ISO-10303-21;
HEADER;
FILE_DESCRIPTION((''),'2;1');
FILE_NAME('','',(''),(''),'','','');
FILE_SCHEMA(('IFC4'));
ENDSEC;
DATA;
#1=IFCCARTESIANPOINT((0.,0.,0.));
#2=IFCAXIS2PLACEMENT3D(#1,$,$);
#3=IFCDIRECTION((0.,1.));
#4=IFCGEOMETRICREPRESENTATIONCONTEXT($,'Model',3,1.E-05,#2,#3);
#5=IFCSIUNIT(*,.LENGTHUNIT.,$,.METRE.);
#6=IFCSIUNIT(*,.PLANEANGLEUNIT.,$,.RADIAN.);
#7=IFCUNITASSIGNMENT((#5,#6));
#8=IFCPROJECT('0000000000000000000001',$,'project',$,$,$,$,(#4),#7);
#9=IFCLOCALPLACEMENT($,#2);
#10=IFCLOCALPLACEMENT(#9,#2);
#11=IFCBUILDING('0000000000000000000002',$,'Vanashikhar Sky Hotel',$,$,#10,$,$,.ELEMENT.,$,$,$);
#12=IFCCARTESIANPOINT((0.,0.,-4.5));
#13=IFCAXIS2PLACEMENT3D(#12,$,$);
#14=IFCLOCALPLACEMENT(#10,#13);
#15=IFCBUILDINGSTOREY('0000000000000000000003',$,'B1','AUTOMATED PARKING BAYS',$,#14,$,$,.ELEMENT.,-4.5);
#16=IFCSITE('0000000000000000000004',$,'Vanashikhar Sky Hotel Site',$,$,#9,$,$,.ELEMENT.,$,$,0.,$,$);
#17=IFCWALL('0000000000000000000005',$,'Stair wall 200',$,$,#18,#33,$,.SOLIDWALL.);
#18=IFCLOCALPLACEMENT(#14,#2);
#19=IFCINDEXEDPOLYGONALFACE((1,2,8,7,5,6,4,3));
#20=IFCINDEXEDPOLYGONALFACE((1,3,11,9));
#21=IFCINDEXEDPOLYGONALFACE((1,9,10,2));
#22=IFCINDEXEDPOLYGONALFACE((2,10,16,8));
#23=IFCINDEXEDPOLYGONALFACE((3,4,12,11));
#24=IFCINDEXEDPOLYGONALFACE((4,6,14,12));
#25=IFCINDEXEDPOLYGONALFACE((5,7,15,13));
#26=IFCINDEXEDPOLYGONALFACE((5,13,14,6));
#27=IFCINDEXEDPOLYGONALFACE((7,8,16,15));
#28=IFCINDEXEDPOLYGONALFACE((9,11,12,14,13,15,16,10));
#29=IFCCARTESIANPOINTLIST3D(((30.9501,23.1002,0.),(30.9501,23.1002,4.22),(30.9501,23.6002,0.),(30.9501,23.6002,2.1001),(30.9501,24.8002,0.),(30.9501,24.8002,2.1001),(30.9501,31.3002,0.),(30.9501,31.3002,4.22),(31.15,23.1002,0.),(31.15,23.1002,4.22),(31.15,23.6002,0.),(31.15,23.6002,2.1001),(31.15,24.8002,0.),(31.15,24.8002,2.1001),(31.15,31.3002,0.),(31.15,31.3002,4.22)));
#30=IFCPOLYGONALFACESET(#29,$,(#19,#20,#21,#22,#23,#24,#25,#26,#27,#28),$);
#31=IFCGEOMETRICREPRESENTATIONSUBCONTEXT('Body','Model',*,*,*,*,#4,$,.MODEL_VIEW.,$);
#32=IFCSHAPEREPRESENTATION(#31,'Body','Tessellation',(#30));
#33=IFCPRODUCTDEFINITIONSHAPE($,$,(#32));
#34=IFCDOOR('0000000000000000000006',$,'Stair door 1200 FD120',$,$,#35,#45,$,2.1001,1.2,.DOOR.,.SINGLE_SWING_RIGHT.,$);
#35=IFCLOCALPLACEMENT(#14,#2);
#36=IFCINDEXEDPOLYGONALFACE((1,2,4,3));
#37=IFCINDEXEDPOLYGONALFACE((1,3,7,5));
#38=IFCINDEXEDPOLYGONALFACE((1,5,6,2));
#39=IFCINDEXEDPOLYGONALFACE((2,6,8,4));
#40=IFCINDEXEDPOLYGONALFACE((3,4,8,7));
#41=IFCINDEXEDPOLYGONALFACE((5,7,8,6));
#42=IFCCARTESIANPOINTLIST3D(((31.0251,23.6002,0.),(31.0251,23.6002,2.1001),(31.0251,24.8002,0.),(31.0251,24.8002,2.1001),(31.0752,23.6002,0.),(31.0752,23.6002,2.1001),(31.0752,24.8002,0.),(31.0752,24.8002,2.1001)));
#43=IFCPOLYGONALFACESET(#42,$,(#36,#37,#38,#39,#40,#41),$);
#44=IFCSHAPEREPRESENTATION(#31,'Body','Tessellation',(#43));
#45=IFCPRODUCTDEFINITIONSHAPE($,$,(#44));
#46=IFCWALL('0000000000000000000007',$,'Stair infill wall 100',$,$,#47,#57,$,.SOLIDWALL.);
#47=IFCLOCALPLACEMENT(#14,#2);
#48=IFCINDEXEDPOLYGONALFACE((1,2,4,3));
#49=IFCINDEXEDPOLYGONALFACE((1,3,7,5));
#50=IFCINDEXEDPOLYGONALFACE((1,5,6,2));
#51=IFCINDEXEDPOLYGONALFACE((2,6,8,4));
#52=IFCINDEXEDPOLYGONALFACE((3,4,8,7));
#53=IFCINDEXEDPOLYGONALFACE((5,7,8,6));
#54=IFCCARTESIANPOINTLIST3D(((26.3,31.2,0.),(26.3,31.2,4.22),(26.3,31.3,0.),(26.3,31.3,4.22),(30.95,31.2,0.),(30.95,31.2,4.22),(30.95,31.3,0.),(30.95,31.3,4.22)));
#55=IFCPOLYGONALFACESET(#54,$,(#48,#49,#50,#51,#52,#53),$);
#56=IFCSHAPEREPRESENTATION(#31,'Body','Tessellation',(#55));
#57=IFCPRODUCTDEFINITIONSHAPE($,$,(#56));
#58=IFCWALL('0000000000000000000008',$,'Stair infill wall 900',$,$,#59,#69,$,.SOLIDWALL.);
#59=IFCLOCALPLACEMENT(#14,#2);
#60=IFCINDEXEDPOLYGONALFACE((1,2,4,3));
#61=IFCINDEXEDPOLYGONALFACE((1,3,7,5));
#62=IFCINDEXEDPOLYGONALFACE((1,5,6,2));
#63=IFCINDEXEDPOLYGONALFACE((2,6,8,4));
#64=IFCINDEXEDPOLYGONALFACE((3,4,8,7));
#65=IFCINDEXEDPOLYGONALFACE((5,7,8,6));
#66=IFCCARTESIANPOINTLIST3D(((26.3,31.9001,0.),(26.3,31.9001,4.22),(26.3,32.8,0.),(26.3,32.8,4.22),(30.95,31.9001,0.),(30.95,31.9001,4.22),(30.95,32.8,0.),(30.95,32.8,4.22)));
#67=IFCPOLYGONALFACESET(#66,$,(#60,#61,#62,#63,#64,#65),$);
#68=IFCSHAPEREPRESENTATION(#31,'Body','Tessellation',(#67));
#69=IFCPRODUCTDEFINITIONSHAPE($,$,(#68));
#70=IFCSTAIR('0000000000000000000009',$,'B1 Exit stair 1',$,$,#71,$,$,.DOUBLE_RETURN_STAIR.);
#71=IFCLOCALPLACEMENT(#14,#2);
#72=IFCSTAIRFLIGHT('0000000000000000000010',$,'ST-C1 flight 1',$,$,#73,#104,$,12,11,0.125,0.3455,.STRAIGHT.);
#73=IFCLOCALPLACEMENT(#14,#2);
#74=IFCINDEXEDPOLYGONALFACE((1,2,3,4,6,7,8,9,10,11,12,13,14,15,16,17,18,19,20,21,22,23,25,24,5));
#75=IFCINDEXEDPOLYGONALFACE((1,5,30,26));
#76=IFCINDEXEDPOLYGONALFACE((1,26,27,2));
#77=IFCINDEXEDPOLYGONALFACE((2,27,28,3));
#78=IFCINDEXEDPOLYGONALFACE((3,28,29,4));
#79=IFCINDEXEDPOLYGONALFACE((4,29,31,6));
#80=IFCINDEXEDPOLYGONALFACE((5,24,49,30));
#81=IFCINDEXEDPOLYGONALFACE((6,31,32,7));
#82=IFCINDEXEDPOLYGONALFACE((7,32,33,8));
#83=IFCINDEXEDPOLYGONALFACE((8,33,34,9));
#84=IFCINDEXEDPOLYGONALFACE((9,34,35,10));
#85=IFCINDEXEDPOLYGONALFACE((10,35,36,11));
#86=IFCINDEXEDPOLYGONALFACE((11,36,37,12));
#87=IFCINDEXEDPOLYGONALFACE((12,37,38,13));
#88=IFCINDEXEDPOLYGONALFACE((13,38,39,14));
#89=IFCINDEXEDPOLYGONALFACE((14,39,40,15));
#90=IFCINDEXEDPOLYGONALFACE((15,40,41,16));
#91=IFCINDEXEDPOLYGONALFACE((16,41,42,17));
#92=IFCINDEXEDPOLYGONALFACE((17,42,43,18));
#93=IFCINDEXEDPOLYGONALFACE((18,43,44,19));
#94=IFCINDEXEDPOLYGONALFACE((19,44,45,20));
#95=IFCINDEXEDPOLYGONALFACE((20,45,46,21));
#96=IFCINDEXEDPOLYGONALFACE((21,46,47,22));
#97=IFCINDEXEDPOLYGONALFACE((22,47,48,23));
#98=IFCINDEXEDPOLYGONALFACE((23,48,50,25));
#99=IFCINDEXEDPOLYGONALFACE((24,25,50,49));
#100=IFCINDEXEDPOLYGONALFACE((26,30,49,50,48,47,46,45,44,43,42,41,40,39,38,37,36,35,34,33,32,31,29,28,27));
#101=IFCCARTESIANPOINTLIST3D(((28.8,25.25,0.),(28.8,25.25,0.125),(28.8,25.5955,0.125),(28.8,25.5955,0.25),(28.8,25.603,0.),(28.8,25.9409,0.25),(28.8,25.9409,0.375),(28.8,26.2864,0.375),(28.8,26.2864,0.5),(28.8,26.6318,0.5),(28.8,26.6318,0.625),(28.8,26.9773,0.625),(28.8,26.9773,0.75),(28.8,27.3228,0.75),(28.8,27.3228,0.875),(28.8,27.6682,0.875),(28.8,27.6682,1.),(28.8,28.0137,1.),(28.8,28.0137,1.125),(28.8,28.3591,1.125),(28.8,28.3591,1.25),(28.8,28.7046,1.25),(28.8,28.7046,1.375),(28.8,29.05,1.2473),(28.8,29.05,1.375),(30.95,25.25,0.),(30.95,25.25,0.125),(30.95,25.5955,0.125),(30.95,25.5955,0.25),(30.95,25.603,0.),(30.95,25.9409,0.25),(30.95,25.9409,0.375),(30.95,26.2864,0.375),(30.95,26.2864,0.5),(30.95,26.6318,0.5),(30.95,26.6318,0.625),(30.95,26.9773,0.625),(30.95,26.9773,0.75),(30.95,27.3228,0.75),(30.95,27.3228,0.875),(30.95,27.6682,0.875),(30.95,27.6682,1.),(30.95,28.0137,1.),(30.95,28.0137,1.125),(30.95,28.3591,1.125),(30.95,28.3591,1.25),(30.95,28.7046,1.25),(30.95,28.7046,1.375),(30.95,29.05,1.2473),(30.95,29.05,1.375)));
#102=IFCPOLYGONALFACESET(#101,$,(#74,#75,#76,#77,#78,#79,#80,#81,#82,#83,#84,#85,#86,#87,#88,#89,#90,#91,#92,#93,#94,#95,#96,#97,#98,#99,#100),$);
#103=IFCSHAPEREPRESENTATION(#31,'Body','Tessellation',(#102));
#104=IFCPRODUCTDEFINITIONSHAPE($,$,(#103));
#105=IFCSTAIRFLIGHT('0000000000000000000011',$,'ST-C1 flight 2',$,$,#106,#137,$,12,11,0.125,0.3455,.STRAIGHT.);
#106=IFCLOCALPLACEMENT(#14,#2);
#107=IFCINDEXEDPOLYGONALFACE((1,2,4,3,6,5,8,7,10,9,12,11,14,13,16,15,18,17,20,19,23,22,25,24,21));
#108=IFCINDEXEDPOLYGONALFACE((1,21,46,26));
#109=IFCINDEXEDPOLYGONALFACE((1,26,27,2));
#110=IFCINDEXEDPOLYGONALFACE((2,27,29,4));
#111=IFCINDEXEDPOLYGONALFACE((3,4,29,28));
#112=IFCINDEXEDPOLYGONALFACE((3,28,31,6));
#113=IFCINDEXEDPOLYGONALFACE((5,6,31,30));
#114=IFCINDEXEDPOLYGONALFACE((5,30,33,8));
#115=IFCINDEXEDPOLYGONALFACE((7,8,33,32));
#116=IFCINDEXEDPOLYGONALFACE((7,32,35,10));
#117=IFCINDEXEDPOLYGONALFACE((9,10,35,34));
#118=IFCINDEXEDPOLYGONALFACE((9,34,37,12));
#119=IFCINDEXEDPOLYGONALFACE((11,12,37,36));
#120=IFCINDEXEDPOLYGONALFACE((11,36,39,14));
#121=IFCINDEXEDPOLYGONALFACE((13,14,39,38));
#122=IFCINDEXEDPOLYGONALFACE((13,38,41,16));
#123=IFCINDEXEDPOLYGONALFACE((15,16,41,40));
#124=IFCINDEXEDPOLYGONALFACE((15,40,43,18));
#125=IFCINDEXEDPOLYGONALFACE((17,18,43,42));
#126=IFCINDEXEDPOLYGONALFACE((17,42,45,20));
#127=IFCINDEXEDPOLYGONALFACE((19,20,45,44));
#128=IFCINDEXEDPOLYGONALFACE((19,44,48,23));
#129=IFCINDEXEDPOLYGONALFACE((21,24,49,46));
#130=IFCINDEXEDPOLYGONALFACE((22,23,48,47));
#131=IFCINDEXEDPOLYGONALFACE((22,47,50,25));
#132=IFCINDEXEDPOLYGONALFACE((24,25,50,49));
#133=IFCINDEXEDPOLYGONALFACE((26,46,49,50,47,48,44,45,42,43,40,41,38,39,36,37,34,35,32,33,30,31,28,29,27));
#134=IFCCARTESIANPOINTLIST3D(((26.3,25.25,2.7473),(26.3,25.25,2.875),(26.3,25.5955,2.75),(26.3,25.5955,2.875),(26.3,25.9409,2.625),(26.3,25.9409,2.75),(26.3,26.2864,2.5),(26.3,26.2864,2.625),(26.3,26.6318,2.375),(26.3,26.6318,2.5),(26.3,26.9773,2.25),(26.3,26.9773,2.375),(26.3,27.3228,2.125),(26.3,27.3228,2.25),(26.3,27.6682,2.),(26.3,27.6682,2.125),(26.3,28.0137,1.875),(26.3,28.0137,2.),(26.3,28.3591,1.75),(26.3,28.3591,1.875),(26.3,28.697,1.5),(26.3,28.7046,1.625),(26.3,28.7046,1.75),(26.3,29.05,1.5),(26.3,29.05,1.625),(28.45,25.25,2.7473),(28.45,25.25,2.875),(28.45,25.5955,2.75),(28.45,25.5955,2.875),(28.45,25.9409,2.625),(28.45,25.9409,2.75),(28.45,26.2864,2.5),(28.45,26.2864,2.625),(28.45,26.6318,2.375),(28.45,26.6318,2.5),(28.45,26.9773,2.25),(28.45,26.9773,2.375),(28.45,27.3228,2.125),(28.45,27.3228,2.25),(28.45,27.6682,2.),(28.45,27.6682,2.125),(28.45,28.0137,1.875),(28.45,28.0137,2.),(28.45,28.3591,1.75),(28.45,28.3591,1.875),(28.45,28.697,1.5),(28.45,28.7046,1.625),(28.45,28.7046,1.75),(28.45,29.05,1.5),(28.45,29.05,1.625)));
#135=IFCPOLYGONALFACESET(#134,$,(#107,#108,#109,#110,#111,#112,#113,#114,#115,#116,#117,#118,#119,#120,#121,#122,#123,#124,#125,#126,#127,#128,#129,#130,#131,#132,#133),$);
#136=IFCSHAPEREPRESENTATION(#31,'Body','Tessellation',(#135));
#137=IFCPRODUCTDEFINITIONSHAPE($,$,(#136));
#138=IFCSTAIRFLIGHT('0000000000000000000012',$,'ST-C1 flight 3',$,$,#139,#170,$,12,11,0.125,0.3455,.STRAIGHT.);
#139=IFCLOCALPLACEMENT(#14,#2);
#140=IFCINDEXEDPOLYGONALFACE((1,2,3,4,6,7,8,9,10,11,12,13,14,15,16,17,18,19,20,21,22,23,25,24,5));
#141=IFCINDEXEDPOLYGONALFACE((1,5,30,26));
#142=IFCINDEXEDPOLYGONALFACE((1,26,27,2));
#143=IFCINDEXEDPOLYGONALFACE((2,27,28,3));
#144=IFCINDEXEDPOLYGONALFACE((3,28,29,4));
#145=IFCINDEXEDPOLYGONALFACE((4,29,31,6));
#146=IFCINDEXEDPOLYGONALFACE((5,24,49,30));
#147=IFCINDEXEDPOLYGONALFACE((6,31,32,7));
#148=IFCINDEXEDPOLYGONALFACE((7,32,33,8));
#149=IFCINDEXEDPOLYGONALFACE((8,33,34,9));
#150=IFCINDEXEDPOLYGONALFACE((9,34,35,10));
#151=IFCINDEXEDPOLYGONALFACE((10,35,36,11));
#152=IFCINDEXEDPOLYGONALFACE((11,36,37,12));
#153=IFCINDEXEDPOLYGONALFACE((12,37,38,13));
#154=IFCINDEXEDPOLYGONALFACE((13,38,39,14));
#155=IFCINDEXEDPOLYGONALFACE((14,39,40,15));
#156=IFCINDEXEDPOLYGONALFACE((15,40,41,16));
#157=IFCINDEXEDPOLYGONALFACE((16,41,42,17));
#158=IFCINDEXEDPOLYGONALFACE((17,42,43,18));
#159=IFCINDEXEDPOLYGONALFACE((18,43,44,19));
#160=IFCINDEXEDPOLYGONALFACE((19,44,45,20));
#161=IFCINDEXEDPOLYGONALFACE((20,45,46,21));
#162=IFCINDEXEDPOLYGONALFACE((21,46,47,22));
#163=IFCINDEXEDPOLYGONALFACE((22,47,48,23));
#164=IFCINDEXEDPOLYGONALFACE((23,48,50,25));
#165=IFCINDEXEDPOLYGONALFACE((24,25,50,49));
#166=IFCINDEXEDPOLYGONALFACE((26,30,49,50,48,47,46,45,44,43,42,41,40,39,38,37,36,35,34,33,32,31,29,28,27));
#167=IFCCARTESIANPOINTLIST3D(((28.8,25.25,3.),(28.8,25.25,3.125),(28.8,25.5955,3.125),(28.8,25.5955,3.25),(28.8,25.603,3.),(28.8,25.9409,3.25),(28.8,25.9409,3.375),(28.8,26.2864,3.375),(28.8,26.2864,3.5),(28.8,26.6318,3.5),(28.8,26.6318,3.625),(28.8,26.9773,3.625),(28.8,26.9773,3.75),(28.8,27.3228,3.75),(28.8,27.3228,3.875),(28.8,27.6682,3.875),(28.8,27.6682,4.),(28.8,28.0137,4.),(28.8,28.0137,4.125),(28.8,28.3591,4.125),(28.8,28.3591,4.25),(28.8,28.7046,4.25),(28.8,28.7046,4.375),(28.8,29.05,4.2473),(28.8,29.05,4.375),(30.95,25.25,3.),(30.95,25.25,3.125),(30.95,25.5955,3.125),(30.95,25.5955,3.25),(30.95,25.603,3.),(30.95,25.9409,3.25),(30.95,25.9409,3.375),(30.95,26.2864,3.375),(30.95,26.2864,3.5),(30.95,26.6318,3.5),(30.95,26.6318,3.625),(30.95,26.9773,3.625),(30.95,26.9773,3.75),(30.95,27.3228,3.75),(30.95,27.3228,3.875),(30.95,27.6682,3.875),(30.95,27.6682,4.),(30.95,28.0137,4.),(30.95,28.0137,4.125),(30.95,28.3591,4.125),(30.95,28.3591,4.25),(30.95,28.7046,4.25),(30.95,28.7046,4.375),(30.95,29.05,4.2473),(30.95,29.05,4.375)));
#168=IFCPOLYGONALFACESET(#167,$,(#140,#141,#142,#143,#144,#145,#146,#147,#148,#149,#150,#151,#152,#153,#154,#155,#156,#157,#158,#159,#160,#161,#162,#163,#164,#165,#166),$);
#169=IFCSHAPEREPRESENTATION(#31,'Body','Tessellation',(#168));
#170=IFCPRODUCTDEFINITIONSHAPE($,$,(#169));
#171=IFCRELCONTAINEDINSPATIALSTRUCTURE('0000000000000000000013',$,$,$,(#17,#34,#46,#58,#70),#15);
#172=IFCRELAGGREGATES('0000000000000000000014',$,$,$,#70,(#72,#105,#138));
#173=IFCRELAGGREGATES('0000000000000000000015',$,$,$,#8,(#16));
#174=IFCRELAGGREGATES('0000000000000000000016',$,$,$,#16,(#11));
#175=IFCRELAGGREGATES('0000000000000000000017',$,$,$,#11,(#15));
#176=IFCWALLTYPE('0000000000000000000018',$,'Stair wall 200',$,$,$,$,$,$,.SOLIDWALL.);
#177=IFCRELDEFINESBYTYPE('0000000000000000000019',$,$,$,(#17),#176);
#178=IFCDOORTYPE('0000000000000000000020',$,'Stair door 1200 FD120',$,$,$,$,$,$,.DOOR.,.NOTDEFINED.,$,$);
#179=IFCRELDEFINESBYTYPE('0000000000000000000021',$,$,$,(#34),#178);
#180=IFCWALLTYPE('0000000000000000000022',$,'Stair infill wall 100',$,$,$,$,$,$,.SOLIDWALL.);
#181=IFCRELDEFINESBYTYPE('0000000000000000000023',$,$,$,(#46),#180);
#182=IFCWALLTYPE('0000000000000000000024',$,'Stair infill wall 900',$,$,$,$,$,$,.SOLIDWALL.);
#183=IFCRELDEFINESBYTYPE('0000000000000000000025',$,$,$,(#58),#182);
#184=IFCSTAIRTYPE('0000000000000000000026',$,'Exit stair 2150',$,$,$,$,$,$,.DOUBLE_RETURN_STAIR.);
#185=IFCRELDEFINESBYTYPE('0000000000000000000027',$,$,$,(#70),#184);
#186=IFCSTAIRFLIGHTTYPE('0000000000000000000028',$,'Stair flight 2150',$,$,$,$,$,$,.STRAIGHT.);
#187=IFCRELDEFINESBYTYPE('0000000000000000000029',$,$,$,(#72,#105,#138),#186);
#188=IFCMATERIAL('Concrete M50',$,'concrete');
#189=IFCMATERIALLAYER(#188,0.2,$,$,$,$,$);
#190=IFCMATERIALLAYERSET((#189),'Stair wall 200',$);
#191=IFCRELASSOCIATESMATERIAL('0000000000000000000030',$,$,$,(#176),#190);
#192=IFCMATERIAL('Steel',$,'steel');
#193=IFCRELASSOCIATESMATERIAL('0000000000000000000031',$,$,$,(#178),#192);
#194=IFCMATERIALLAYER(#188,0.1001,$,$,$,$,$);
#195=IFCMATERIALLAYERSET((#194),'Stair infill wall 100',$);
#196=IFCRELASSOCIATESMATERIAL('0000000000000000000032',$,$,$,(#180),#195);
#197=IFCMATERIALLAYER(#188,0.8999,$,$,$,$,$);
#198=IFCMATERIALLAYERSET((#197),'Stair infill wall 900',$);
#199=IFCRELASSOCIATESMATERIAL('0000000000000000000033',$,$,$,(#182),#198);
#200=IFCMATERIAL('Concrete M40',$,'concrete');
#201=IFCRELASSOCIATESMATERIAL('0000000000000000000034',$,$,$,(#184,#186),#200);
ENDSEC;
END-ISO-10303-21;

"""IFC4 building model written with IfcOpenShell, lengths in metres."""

from ifc_helpers import new_model, si_unit, direction, frame, frame_2d, origin, place, context, subcontext, project, spatial, polyline, rectangle, outline, extrude, source, transform, mapped, material, layer, layer_set, type_object, element, fill, aggregate, save


model = new_model("IFC4")

# Units and contexts
model_context = context("Model", 3, precision=1e-05, world=origin(), true_north=direction((0.0, 1.0)))
body_context = subcontext(model_context, "Body", "Model", "MODEL_VIEW")
ifc_project = project(units=[si_unit("LENGTHUNIT", "METRE"), si_unit("PLANEANGLEUNIT", "RADIAN")], contexts=[model_context])

# Site, building, storey
site_placement = place(None, origin())
site = spatial("IfcSite", under=ifc_project, at=site_placement, Name="Vanashikhar Sky Hotel Site", CompositionType="ELEMENT", RefElevation=0.0)
building_placement = place(site_placement, origin())
building = spatial("IfcBuilding", under=site, at=building_placement, Name="Vanashikhar Sky Hotel", CompositionType="ELEMENT")
storey_placement = place(building_placement, frame((0.0, 0.0, -4.5)))
storey = spatial("IfcBuildingStorey", under=building, at=storey_placement, Name="B1", Description="AUTOMATED PARKING BAYS", CompositionType="ELEMENT", Elevation=-4.5)

# Shared definitions
ifc_material_1 = material(Name="Steel", Category="steel")

# Shared definitions
ifc_material_2 = material(Name="Concrete M40", Category="concrete")

# Wall, opening, door
ifc_material_3 = material(Name="Concrete M50", Category="concrete")
ifc_layer_1 = layer(ifc_material_3, 0.2)
ifc_layer_set_1 = layer_set([ifc_layer_1], Name="Stair wall 200")
wall_type_1 = type_object("IfcWallType", Name="Stair wall 200", PredefinedType="SOLIDWALL", material=ifc_layer_set_1)
shared_shape_1 = source(origin(), body_context, "Body", "SweptSolid", [
    extrude(rectangle(XDim=8.2, YDim=0.2, at=frame_2d((4.1001, 0.0))), origin(), (0.0, 0.0, 1.0), 4.22),
])
wall_1_placement = place(storey_placement, frame((31.05, 23.1001, 0.0), z_axis=(0.0, 0.0, 1.0), x_axis=(0.0, 1.0, 0.0)))
wall_1 = element("IfcWall", 1, at=wall_1_placement, inside=storey, type_object=wall_type_1, Name="Stair wall 200", PredefinedType="SOLIDWALL", context=body_context, shape_type="MappedRepresentation", body=[
    mapped(shared_shape_1, transform((0.0, 0.0, 0.0), scale=1.0)),
])
shared_shape_2 = source(origin(), body_context, "Body", "SweptSolid", [
    extrude(rectangle(XDim=1.2, YDim=2.1001, at=frame_2d((0.6001, 1.05))), frame((0.0, 0.1099, 0.0), z_axis=(0.0, -1.0, 0.0), x_axis=(1.0, 0.0, 0.0)), (0.0, 0.0, 1.0), 0.22),
])
opening_1_placement = place(wall_1_placement, frame((0.5, 0.0, 0.0)))
opening_1 = element("IfcOpeningElement", 2, at=opening_1_placement, cuts=wall_1, PredefinedType="OPENING", context=body_context, shape_type="MappedRepresentation", body=[
    mapped(shared_shape_2, transform((0.0, 0.0, 0.0), scale=1.0)),
])
door_type_1 = type_object("IfcDoorType", Name="Stair door 1200 FD120", OperationType="NOTDEFINED", PredefinedType="DOOR", material=ifc_material_1)
shared_shape_3 = source(origin(), body_context, "Body", "SweptSolid", [
    extrude(rectangle(XDim=1.2, YDim=2.1001, at=frame_2d((0.6001, 1.05))), frame((0.0, 0.0249, 0.0), z_axis=(0.0, -1.0, 0.0), x_axis=(1.0, 0.0, 0.0)), (0.0, 0.0, 1.0), 0.05),
])
door_1_placement = place(opening_1_placement, origin())
door_1 = element("IfcDoor", 3, at=door_1_placement, inside=storey, type_object=door_type_1, Name="Stair door 1200 FD120", OperationType="SINGLE_SWING_RIGHT", OverallHeight=2.1001, OverallWidth=1.2, PredefinedType="DOOR", context=body_context, shape_type="MappedRepresentation", body=[
    mapped(shared_shape_3, transform((0.0, 0.0, 0.0), scale=1.0)),
])
fill(opening_1, door_1)

# Walls
ifc_layer_2 = layer(ifc_material_3, 0.1001)
ifc_layer_set_2 = layer_set([ifc_layer_2], Name="Stair infill wall 100")
wall_type_2 = type_object("IfcWallType", Name="Stair infill wall 100", PredefinedType="SOLIDWALL", material=ifc_layer_set_2)
shared_shape_4 = source(origin(), body_context, "Body", "SweptSolid", [
    extrude(rectangle(XDim=4.6499, YDim=0.1001, at=frame_2d((2.325, 0.0))), origin(), (0.0, 0.0, 1.0), 4.22),
])
wall_2_placement = place(storey_placement, frame((26.3, 31.25, 0.0), z_axis=(0.0, 0.0, 1.0), x_axis=(1.0, 0.0, 0.0)))
element("IfcWall", 4, at=wall_2_placement, inside=storey, type_object=wall_type_2, Name="Stair infill wall 100", PredefinedType="SOLIDWALL", context=body_context, shape_type="MappedRepresentation", body=[
    mapped(shared_shape_4, transform((0.0, 0.0, 0.0), scale=1.0)),
])
ifc_layer_3 = layer(ifc_material_3, 0.8999)
ifc_layer_set_3 = layer_set([ifc_layer_3], Name="Stair infill wall 900")
wall_type_3 = type_object("IfcWallType", Name="Stair infill wall 900", PredefinedType="SOLIDWALL", material=ifc_layer_set_3)
shared_shape_5 = source(origin(), body_context, "Body", "SweptSolid", [
    extrude(rectangle(XDim=4.6499, YDim=0.8999, at=frame_2d((2.325, 0.0))), origin(), (0.0, 0.0, 1.0), 4.22),
])
wall_3_placement = place(storey_placement, frame((26.3, 32.3501, 0.0), z_axis=(0.0, 0.0, 1.0), x_axis=(1.0, 0.0, 0.0)))
element("IfcWall", 5, at=wall_3_placement, inside=storey, type_object=wall_type_3, Name="Stair infill wall 900", PredefinedType="SOLIDWALL", context=body_context, shape_type="MappedRepresentation", body=[
    mapped(shared_shape_5, transform((0.0, 0.0, 0.0), scale=1.0)),
])

# Stair, stair flights
stair_type = type_object("IfcStairType", Name="Exit stair 2150", PredefinedType="DOUBLE_RETURN_STAIR", material=ifc_material_2)
stair_placement = place(storey_placement, origin())
stair = element("IfcStair", 6, at=stair_placement, inside=storey, type_object=stair_type, Name="B1 Exit stair 1", PredefinedType="DOUBLE_RETURN_STAIR")
stair_flight_type = type_object("IfcStairFlightType", Name="Stair flight 2150", PredefinedType="STRAIGHT", material=ifc_material_2)
shared_shape_6 = source(origin(), body_context, "Body", "SweptSolid", [
    extrude(outline(polyline([(0.0, 0.0), (0.0, 0.125), (0.3455, 0.125), (0.3455, 0.25), (0.6909, 0.25), (0.6909, 0.375), (1.0364, 0.375), (1.0364, 0.5), (1.3818, 0.5), (1.3818, 0.625), (1.7273, 0.625), (1.7273, 0.75), (2.0728, 0.75), (2.0728, 0.875), (2.4182, 0.875), (2.4182, 1.0), (2.7637, 1.0), (2.7637, 1.125), (3.1091, 1.125), (3.1091, 1.25), (3.4546, 1.25), (3.4546, 1.375), (3.8, 1.375), (3.8, 1.5), (3.8, 1.2473), (0.353, 0.0), (0.0, 0.0)])), frame((0.0, 1.075, 0.0), z_axis=(0.0, -1.0, 0.0), x_axis=(1.0, 0.0, 0.0)), (0.0, 0.0, 1.0), 2.1499),
])
stair_flight_1_placement = place(storey_placement, frame((29.875, 25.25, 0.0), z_axis=(0.0, 0.0, 1.0), x_axis=(0.0, 1.0, 0.0)))
stair_flight_1 = element("IfcStairFlight", 7, at=stair_flight_1_placement, type_object=stair_flight_type, Name="ST-C1 flight 1", NumberOfRisers=12, NumberOfTreads=11, PredefinedType="STRAIGHT", RiserHeight=0.125, TreadLength=0.3455, context=body_context, shape_type="MappedRepresentation", body=[
    mapped(shared_shape_6, transform((0.0, 0.0, 0.0), scale=1.0)),
])
stair_flight_2_placement = place(storey_placement, frame((27.375, 29.05, 1.5), z_axis=(0.0, 0.0, 1.0), x_axis=(0.0, -1.0, 0.0)))
stair_flight_2 = element("IfcStairFlight", 8, at=stair_flight_2_placement, type_object=stair_flight_type, Name="ST-C1 flight 2", NumberOfRisers=12, NumberOfTreads=11, PredefinedType="STRAIGHT", RiserHeight=0.125, TreadLength=0.3455, context=body_context, shape_type="MappedRepresentation", body=[
    mapped(shared_shape_6, transform((0.0, 0.0, 0.0), scale=1.0)),
])
stair_flight_3_placement = place(storey_placement, frame((29.875, 25.25, 3.0), z_axis=(0.0, 0.0, 1.0), x_axis=(0.0, 1.0, 0.0)))
stair_flight_3 = element("IfcStairFlight", 9, at=stair_flight_3_placement, type_object=stair_flight_type, Name="ST-C1 flight 3", NumberOfRisers=12, NumberOfTreads=11, PredefinedType="STRAIGHT", RiserHeight=0.125, TreadLength=0.3455, context=body_context, shape_type="MappedRepresentation", body=[
    mapped(shared_shape_6, transform((0.0, 0.0, 0.0), scale=1.0)),
])
aggregate(stair, [stair_flight_1, stair_flight_2, stair_flight_3])

save(model, "model.ifc")
